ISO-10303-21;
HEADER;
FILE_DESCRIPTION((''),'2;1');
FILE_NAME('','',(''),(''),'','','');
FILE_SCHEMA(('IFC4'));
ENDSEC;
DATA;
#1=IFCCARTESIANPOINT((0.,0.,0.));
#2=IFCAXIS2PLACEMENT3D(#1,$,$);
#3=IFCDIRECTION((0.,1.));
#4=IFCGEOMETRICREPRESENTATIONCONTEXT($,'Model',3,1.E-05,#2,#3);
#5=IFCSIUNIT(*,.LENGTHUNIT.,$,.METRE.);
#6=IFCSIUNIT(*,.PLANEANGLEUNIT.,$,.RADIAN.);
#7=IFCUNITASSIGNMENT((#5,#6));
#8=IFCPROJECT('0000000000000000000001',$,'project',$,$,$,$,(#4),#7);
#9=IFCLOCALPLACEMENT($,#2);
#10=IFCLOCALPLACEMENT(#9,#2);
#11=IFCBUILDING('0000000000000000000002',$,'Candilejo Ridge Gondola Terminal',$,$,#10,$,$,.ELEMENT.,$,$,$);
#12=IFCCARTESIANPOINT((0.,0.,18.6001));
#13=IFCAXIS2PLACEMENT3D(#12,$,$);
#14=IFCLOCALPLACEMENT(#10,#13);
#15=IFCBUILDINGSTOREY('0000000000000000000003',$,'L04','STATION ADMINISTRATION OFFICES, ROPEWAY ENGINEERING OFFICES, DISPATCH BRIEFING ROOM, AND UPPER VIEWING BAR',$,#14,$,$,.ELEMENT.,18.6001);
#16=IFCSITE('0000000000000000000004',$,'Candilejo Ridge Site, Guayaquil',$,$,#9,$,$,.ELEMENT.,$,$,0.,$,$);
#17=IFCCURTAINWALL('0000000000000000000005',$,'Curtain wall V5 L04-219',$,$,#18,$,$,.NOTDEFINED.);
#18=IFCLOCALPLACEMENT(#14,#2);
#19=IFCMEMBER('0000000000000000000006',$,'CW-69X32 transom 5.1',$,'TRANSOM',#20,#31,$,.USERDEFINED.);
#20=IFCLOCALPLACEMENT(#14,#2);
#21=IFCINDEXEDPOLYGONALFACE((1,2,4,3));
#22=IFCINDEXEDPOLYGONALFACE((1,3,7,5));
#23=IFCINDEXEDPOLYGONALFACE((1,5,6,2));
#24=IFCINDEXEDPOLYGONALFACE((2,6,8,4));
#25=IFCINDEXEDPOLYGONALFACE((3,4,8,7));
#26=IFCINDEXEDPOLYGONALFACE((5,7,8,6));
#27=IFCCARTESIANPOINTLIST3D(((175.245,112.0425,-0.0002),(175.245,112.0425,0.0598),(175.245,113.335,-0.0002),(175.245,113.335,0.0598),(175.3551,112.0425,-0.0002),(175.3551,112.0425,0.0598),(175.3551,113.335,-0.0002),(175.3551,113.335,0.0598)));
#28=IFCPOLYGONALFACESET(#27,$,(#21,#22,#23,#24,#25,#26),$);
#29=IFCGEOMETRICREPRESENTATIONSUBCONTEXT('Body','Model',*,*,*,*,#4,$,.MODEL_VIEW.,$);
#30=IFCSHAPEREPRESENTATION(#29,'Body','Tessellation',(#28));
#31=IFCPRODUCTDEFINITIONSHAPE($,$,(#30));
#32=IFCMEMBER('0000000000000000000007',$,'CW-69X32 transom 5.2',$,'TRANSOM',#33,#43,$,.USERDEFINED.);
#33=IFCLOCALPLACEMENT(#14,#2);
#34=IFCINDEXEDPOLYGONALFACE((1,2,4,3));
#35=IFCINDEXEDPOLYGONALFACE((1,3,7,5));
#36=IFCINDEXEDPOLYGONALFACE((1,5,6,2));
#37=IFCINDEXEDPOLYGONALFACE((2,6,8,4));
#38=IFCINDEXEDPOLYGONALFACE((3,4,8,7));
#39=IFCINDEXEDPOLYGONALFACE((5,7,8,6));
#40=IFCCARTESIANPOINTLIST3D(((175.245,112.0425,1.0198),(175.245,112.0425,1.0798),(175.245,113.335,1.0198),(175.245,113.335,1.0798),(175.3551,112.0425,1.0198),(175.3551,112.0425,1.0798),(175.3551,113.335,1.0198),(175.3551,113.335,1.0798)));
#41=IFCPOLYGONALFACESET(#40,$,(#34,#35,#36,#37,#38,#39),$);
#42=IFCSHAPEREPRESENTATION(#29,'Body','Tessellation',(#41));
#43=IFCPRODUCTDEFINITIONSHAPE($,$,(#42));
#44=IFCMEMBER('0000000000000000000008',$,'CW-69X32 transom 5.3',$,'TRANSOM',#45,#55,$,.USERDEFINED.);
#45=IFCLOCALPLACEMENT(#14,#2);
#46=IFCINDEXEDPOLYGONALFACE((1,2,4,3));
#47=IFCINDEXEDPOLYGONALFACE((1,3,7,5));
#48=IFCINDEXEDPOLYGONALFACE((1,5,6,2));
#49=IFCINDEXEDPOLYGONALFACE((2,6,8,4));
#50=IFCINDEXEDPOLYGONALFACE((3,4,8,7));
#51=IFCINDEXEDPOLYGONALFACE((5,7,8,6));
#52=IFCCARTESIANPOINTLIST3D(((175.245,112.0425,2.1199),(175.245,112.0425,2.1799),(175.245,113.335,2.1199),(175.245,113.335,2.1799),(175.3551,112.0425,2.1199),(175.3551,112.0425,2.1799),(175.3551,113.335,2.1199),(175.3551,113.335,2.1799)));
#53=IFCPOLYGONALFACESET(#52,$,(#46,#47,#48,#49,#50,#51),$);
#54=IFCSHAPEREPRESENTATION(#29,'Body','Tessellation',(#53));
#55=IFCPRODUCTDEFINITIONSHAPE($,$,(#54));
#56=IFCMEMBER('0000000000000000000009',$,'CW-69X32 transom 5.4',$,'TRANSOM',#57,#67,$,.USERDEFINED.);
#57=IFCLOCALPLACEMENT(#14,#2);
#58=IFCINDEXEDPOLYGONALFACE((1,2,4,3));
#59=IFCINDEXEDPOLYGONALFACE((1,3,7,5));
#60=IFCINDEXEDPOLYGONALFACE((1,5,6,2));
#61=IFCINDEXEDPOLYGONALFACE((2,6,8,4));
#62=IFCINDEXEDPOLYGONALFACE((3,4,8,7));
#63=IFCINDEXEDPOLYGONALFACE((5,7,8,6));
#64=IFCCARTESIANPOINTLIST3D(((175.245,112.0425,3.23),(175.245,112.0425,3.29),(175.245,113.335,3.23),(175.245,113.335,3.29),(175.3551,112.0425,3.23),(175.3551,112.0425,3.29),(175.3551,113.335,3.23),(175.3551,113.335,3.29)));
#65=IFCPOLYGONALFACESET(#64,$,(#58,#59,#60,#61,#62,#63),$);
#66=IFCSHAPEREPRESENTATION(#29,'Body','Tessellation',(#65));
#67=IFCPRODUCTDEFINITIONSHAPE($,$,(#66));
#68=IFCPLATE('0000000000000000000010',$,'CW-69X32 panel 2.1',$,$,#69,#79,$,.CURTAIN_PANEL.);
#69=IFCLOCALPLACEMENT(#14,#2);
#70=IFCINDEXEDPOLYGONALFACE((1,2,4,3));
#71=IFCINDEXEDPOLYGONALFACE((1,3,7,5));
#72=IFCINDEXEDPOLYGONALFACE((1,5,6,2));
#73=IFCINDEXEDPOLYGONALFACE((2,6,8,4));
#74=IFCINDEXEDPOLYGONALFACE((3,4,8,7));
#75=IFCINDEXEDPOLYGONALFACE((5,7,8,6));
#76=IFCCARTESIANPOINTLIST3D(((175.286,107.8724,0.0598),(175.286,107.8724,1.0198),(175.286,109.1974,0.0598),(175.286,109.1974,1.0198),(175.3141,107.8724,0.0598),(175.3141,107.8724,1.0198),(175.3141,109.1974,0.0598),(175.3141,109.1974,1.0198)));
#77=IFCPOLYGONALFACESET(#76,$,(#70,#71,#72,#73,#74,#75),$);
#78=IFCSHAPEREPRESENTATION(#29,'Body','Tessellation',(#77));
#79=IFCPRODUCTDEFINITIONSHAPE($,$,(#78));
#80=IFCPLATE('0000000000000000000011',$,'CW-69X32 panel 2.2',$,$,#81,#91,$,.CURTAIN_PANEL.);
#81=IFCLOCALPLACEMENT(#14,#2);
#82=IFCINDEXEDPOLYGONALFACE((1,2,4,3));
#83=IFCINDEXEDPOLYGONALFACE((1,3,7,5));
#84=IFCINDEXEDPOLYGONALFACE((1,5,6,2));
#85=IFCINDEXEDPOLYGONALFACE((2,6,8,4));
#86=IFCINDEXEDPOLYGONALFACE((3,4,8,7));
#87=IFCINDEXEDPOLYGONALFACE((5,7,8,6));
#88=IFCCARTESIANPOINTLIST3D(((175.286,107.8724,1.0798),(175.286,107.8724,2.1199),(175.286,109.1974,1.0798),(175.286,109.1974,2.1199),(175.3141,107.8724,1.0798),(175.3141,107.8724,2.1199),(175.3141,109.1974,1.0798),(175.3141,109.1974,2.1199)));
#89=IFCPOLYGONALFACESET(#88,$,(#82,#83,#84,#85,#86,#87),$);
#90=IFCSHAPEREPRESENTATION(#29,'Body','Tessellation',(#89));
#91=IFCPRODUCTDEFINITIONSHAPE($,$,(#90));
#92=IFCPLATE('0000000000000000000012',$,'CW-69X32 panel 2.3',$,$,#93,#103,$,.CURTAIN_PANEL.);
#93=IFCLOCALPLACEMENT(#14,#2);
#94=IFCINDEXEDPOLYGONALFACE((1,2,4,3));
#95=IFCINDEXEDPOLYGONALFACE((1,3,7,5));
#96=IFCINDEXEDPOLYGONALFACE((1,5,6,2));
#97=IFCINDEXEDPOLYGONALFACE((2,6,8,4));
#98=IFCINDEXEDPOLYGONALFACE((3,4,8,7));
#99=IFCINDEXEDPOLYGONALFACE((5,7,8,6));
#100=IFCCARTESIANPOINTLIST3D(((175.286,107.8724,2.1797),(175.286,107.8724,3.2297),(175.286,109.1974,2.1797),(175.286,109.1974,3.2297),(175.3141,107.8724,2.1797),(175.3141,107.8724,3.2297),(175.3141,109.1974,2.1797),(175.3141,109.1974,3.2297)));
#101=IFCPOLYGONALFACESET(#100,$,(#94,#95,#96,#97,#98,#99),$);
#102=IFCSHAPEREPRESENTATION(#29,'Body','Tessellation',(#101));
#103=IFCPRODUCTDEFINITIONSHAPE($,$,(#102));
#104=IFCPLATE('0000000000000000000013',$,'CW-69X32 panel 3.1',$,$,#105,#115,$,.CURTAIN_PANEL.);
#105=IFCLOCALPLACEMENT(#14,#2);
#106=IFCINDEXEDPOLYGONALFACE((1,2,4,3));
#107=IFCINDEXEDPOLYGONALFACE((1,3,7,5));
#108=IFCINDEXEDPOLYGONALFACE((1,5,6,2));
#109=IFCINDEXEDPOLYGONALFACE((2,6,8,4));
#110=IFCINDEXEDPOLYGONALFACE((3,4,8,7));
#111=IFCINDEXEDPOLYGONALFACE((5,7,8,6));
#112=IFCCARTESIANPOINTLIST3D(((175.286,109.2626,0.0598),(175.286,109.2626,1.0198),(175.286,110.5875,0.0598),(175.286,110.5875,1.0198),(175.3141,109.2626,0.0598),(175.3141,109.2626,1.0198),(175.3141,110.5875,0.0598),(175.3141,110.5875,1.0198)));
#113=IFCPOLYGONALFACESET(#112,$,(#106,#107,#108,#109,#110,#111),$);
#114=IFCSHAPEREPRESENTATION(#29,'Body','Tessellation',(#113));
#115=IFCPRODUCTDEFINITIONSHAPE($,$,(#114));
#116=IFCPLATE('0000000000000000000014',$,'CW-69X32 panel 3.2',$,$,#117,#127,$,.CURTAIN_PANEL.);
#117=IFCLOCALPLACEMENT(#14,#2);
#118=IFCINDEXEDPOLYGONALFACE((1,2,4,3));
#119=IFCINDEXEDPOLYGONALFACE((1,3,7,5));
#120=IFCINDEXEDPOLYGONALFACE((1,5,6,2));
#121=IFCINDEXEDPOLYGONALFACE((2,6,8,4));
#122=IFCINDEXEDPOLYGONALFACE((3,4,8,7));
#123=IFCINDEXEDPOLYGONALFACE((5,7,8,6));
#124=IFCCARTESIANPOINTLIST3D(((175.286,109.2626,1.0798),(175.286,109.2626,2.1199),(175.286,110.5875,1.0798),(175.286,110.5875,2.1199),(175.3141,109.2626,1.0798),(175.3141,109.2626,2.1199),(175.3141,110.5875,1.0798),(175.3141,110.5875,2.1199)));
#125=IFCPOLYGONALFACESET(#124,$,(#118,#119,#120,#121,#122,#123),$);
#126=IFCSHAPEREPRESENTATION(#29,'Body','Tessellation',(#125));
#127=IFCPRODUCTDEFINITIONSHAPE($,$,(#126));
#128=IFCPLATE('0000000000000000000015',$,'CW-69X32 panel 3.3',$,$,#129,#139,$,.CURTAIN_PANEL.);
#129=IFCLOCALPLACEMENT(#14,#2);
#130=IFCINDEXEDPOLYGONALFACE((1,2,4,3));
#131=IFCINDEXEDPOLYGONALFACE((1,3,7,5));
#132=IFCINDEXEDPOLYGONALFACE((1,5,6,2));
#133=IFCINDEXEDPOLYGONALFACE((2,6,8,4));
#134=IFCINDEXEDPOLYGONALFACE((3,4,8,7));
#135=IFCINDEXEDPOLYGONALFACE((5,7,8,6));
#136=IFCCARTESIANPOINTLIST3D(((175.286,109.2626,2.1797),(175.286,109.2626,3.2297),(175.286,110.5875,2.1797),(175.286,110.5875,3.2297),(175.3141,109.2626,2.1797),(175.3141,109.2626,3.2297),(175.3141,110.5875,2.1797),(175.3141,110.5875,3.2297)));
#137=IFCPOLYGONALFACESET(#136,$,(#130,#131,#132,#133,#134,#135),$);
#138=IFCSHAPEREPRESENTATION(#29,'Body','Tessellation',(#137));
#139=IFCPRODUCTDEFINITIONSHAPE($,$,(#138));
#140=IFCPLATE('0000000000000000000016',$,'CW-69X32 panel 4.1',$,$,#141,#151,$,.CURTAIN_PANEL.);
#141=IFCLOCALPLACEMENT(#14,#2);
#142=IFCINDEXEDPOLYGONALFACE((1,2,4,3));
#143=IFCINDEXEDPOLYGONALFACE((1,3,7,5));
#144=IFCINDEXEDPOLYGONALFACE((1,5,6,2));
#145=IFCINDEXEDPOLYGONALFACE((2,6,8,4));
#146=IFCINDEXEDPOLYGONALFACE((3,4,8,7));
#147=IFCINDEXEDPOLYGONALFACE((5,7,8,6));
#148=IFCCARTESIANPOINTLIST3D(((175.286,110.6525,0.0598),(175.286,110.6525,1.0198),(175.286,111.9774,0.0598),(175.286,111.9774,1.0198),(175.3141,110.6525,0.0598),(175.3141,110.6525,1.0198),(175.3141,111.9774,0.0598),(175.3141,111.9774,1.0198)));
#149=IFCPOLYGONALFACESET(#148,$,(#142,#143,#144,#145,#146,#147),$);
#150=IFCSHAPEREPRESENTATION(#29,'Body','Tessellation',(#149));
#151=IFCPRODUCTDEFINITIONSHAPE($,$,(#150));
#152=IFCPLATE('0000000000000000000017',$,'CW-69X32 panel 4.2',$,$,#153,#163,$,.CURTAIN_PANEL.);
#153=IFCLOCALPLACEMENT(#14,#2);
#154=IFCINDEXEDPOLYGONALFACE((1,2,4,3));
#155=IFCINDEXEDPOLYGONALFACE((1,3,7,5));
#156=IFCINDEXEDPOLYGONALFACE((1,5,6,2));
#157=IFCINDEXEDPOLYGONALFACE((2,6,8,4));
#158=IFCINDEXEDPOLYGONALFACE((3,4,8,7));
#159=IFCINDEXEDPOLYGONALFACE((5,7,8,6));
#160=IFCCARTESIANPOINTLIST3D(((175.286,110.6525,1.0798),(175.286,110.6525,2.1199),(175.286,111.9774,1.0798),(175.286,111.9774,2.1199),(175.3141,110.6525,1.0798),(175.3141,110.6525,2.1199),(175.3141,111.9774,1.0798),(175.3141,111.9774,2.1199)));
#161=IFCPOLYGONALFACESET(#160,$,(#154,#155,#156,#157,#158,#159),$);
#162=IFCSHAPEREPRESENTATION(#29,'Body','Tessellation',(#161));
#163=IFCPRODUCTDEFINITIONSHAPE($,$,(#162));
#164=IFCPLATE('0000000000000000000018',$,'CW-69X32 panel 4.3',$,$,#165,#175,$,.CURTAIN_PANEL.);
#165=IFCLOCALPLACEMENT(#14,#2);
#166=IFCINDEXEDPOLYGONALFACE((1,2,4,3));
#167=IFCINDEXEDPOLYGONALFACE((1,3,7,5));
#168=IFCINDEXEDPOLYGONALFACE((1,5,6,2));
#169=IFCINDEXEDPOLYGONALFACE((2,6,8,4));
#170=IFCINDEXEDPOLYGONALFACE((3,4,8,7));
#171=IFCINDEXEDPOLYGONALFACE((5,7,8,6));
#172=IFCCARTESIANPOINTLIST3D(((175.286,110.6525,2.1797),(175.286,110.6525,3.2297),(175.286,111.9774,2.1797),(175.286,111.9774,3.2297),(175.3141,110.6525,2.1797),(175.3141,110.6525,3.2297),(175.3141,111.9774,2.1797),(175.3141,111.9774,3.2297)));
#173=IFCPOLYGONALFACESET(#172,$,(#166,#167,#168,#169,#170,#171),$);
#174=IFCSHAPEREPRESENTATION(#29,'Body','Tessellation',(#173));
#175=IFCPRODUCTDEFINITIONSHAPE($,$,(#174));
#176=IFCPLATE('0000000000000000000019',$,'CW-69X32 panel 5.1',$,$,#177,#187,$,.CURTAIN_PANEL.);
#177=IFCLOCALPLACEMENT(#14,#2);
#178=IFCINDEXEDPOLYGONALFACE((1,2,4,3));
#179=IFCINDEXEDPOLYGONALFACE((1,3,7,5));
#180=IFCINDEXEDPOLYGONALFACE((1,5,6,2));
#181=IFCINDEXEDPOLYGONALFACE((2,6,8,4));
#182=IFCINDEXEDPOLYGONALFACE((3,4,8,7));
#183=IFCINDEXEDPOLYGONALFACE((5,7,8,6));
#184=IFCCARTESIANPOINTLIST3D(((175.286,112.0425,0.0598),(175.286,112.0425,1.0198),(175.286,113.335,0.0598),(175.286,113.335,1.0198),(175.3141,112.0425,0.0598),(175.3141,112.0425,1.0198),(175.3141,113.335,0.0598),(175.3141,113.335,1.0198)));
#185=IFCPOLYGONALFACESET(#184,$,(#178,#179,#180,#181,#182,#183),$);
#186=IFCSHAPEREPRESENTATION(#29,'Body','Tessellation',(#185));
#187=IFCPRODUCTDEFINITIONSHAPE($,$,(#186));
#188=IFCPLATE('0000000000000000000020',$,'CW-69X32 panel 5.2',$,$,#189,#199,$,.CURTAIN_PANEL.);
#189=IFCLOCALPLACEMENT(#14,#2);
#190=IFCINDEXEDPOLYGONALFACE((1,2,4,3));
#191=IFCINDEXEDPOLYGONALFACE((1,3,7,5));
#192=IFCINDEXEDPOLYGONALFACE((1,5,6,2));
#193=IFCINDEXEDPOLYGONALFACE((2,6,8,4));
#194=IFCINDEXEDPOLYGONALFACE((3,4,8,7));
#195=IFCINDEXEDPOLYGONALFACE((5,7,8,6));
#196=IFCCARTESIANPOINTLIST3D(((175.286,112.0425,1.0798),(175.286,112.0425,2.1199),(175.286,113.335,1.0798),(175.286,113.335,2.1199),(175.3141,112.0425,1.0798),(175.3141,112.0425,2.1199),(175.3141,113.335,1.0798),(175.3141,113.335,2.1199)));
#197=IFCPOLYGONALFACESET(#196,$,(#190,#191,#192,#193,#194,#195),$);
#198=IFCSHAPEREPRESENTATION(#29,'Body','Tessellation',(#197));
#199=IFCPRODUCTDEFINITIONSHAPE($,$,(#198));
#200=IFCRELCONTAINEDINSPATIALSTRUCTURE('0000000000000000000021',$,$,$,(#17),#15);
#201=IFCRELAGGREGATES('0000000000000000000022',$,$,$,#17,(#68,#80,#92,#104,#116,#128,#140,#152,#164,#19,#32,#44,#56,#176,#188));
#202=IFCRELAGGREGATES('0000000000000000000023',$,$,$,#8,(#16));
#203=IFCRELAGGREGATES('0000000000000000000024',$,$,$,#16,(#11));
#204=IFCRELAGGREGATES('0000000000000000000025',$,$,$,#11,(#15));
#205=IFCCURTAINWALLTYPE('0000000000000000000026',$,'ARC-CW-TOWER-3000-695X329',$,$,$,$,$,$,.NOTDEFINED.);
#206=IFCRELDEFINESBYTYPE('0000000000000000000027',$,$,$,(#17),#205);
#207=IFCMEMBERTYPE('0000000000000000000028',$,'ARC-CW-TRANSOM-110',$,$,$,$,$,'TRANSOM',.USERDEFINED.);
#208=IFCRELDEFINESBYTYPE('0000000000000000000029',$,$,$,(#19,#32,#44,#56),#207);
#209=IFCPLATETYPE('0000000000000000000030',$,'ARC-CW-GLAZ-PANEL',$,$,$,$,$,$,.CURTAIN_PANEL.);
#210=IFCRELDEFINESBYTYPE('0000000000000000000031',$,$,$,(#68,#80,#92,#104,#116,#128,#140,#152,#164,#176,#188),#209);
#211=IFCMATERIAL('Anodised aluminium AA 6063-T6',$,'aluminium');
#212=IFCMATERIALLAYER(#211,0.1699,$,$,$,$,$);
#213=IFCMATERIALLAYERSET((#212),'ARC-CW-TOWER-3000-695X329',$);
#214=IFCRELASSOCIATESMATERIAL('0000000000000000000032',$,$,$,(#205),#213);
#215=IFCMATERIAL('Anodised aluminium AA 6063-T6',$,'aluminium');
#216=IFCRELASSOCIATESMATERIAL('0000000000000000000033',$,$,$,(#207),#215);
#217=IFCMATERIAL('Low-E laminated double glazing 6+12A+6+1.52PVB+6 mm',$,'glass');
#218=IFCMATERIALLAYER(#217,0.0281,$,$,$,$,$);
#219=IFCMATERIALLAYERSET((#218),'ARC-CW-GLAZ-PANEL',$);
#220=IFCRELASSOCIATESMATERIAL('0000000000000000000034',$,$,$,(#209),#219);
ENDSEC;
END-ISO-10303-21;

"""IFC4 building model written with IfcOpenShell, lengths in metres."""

from ifc_helpers import new_model, si_unit, direction, frame, origin, origin_2d, place, context, subcontext, project, spatial, rectangle, extrude, material, layer, layer_set, material_profile, profile_set, type_object, element, aggregate, save


model = new_model("IFC4")

# Units and contexts
model_context = context("Model", 3, precision=1e-05, world=origin(), true_north=direction((0.0, 1.0)))
body_context = subcontext(model_context, "Body", "Model", "MODEL_VIEW")
ifc_project = project(units=[si_unit("LENGTHUNIT", "METRE"), si_unit("PLANEANGLEUNIT", "RADIAN")], contexts=[model_context])

# Site, building, storey
site_placement = place(None, origin())
site = spatial("IfcSite", under=ifc_project, at=site_placement, Name="Candilejo Ridge Site, Guayaquil", CompositionType="ELEMENT", RefElevation=0.0)
building_placement = place(site_placement, origin())
building = spatial("IfcBuilding", under=site, at=building_placement, Name="Candilejo Ridge Gondola Terminal", CompositionType="ELEMENT")
storey_placement = place(building_placement, frame((0.0, 0.0, 18.6001)))
storey = spatial("IfcBuildingStorey", under=building, at=storey_placement, Name="L04", Description="STATION ADMINISTRATION OFFICES, ROPEWAY ENGINEERING OFFICES, DISPATCH BRIEFING ROOM, AND UPPER VIEWING BAR", CompositionType="ELEMENT", Elevation=18.6001)

# Curtain wall, members, plates
ifc_material_1 = material(Name="Anodised aluminium AA 6063-T6", Category="aluminium")
ifc_layer_1 = layer(ifc_material_1, 0.1699)
ifc_layer_set_1 = layer_set([ifc_layer_1], Name="ARC-CW-TOWER-3000-695X329")
curtain_wall_type = type_object("IfcCurtainWallType", Name="ARC-CW-TOWER-3000-695X329", PredefinedType="NOTDEFINED", material=ifc_layer_set_1)
curtain_wall_placement = place(storey_placement, origin())
curtain_wall = element("IfcCurtainWall", 1, at=curtain_wall_placement, inside=storey, type_object=curtain_wall_type, Name="Curtain wall V5 L04-219", PredefinedType="NOTDEFINED")
ifc_material_2 = material(Name="Anodised aluminium AA 6063-T6", Category="aluminium")
ifc_material_profile_1 = material_profile(ifc_material_2, rectangle(XDim=0.1101, YDim=0.0601, at=origin_2d()))
ifc_profile_set_1 = profile_set([ifc_material_profile_1], Name="Anodised aluminium AA 6063-T6")
member_type_1 = type_object("IfcMemberType", Name="ARC-CW-TRANSOM-110", ElementType="TRANSOM", PredefinedType="USERDEFINED", material=ifc_profile_set_1)
member_1_placement = place(storey_placement, frame((175.3, 112.0425, 0.0298), z_axis=(0.0, 1.0, 0.0), x_axis=(-1.0, 0.0, 0.0)))
member_1 = element("IfcMember", 2, at=member_1_placement, type_object=member_type_1, Name="CW-69X32 transom 5.1", ObjectType="TRANSOM", PredefinedType="USERDEFINED", context=body_context, shape_type="SweptSolid", body=[
    extrude(rectangle(XDim=0.1101, YDim=0.0601, at=origin_2d()), origin(), (0.0, 0.0, 1.0), 1.2925),
])
member_2_placement = place(storey_placement, frame((175.3, 112.0425, 1.0498), z_axis=(0.0, 1.0, 0.0), x_axis=(-1.0, 0.0, 0.0)))
member_2 = element("IfcMember", 3, at=member_2_placement, type_object=member_type_1, Name="CW-69X32 transom 5.2", ObjectType="TRANSOM", PredefinedType="USERDEFINED", context=body_context, shape_type="SweptSolid", body=[
    extrude(rectangle(XDim=0.1101, YDim=0.0601, at=origin_2d()), origin(), (0.0, 0.0, 1.0), 1.2925),
])
member_3_placement = place(storey_placement, frame((175.3, 112.0425, 2.1499), z_axis=(0.0, 1.0, 0.0), x_axis=(-1.0, 0.0, 0.0)))
member_3 = element("IfcMember", 4, at=member_3_placement, type_object=member_type_1, Name="CW-69X32 transom 5.3", ObjectType="TRANSOM", PredefinedType="USERDEFINED", context=body_context, shape_type="SweptSolid", body=[
    extrude(rectangle(XDim=0.1101, YDim=0.0601, at=origin_2d()), origin(), (0.0, 0.0, 1.0), 1.2925),
])
member_4_placement = place(storey_placement, frame((175.3, 112.0425, 3.26), z_axis=(0.0, 1.0, 0.0), x_axis=(-1.0, 0.0, 0.0)))
member_4 = element("IfcMember", 5, at=member_4_placement, type_object=member_type_1, Name="CW-69X32 transom 5.4", ObjectType="TRANSOM", PredefinedType="USERDEFINED", context=body_context, shape_type="SweptSolid", body=[
    extrude(rectangle(XDim=0.1101, YDim=0.0601, at=origin_2d()), origin(), (0.0, 0.0, 1.0), 1.2925),
])
ifc_material_3 = material(Name="Low-E laminated double glazing 6+12A+6+1.52PVB+6 mm", Category="glass")
ifc_layer_2 = layer(ifc_material_3, 0.0281)
ifc_layer_set_2 = layer_set([ifc_layer_2], Name="ARC-CW-GLAZ-PANEL")
plate_type = type_object("IfcPlateType", Name="ARC-CW-GLAZ-PANEL", PredefinedType="CURTAIN_PANEL", material=ifc_layer_set_2)
plate_1_placement = place(storey_placement, frame((175.3, 108.5349, 0.0598), z_axis=(0.0, 0.0, 1.0), x_axis=(0.0, 1.0, 0.0)))
plate_1 = element("IfcPlate", 6, at=plate_1_placement, type_object=plate_type, Name="CW-69X32 panel 2.1", PredefinedType="CURTAIN_PANEL", context=body_context, shape_type="SweptSolid", body=[
    extrude(rectangle(XDim=1.325, YDim=0.0281, at=origin_2d()), origin(), (0.0, 0.0, 1.0), 0.96),
])
plate_2_placement = place(storey_placement, frame((175.3, 108.5349, 1.0798), z_axis=(0.0, 0.0, 1.0), x_axis=(0.0, 1.0, 0.0)))
plate_2 = element("IfcPlate", 7, at=plate_2_placement, type_object=plate_type, Name="CW-69X32 panel 2.2", PredefinedType="CURTAIN_PANEL", context=body_context, shape_type="SweptSolid", body=[
    extrude(rectangle(XDim=1.325, YDim=0.0281, at=origin_2d()), origin(), (0.0, 0.0, 1.0), 1.04),
])
plate_3_placement = place(storey_placement, frame((175.3, 108.5349, 2.1797), z_axis=(0.0, 0.0, 1.0), x_axis=(0.0, 1.0, 0.0)))
plate_3 = element("IfcPlate", 8, at=plate_3_placement, type_object=plate_type, Name="CW-69X32 panel 2.3", PredefinedType="CURTAIN_PANEL", context=body_context, shape_type="SweptSolid", body=[
    extrude(rectangle(XDim=1.325, YDim=0.0281, at=origin_2d()), origin(), (0.0, 0.0, 1.0), 1.05),
])
plate_4_placement = place(storey_placement, frame((175.3, 109.925, 0.0598), z_axis=(0.0, 0.0, 1.0), x_axis=(0.0, 1.0, 0.0)))
plate_4 = element("IfcPlate", 9, at=plate_4_placement, type_object=plate_type, Name="CW-69X32 panel 3.1", PredefinedType="CURTAIN_PANEL", context=body_context, shape_type="SweptSolid", body=[
    extrude(rectangle(XDim=1.325, YDim=0.0281, at=origin_2d()), origin(), (0.0, 0.0, 1.0), 0.96),
])
plate_5_placement = place(storey_placement, frame((175.3, 109.925, 1.0798), z_axis=(0.0, 0.0, 1.0), x_axis=(0.0, 1.0, 0.0)))
plate_5 = element("IfcPlate", 10, at=plate_5_placement, type_object=plate_type, Name="CW-69X32 panel 3.2", PredefinedType="CURTAIN_PANEL", context=body_context, shape_type="SweptSolid", body=[
    extrude(rectangle(XDim=1.325, YDim=0.0281, at=origin_2d()), origin(), (0.0, 0.0, 1.0), 1.04),
])
plate_6_placement = place(storey_placement, frame((175.3, 109.925, 2.1797), z_axis=(0.0, 0.0, 1.0), x_axis=(0.0, 1.0, 0.0)))
plate_6 = element("IfcPlate", 11, at=plate_6_placement, type_object=plate_type, Name="CW-69X32 panel 3.3", PredefinedType="CURTAIN_PANEL", context=body_context, shape_type="SweptSolid", body=[
    extrude(rectangle(XDim=1.325, YDim=0.0281, at=origin_2d()), origin(), (0.0, 0.0, 1.0), 1.05),
])
plate_7_placement = place(storey_placement, frame((175.3, 111.3149, 0.0598), z_axis=(0.0, 0.0, 1.0), x_axis=(0.0, 1.0, 0.0)))
plate_7 = element("IfcPlate", 12, at=plate_7_placement, type_object=plate_type, Name="CW-69X32 panel 4.1", PredefinedType="CURTAIN_PANEL", context=body_context, shape_type="SweptSolid", body=[
    extrude(rectangle(XDim=1.325, YDim=0.0281, at=origin_2d()), origin(), (0.0, 0.0, 1.0), 0.96),
])
plate_8_placement = place(storey_placement, frame((175.3, 111.3149, 1.0798), z_axis=(0.0, 0.0, 1.0), x_axis=(0.0, 1.0, 0.0)))
plate_8 = element("IfcPlate", 13, at=plate_8_placement, type_object=plate_type, Name="CW-69X32 panel 4.2", PredefinedType="CURTAIN_PANEL", context=body_context, shape_type="SweptSolid", body=[
    extrude(rectangle(XDim=1.325, YDim=0.0281, at=origin_2d()), origin(), (0.0, 0.0, 1.0), 1.04),
])
plate_9_placement = place(storey_placement, frame((175.3, 111.3149, 2.1797), z_axis=(0.0, 0.0, 1.0), x_axis=(0.0, 1.0, 0.0)))
plate_9 = element("IfcPlate", 14, at=plate_9_placement, type_object=plate_type, Name="CW-69X32 panel 4.3", PredefinedType="CURTAIN_PANEL", context=body_context, shape_type="SweptSolid", body=[
    extrude(rectangle(XDim=1.325, YDim=0.0281, at=origin_2d()), origin(), (0.0, 0.0, 1.0), 1.05),
])
plate_10_placement = place(storey_placement, frame((175.3, 112.6887, 0.0598), z_axis=(0.0, 0.0, 1.0), x_axis=(0.0, 1.0, 0.0)))
plate_10 = element("IfcPlate", 15, at=plate_10_placement, type_object=plate_type, Name="CW-69X32 panel 5.1", PredefinedType="CURTAIN_PANEL", context=body_context, shape_type="SweptSolid", body=[
    extrude(rectangle(XDim=1.2925, YDim=0.0281, at=origin_2d()), origin(), (0.0, 0.0, 1.0), 0.96),
])
plate_11_placement = place(storey_placement, frame((175.3, 112.6887, 1.0798), z_axis=(0.0, 0.0, 1.0), x_axis=(0.0, 1.0, 0.0)))
plate_11 = element("IfcPlate", 16, at=plate_11_placement, type_object=plate_type, Name="CW-69X32 panel 5.2", PredefinedType="CURTAIN_PANEL", context=body_context, shape_type="SweptSolid", body=[
    extrude(rectangle(XDim=1.2925, YDim=0.0281, at=origin_2d()), origin(), (0.0, 0.0, 1.0), 1.04),
])
aggregate(curtain_wall, [plate_1, plate_2, plate_3, plate_4, plate_5, plate_6, plate_7, plate_8, plate_9, member_1, member_2, member_3, member_4, plate_10, plate_11])

save(model, "model.ifc")
